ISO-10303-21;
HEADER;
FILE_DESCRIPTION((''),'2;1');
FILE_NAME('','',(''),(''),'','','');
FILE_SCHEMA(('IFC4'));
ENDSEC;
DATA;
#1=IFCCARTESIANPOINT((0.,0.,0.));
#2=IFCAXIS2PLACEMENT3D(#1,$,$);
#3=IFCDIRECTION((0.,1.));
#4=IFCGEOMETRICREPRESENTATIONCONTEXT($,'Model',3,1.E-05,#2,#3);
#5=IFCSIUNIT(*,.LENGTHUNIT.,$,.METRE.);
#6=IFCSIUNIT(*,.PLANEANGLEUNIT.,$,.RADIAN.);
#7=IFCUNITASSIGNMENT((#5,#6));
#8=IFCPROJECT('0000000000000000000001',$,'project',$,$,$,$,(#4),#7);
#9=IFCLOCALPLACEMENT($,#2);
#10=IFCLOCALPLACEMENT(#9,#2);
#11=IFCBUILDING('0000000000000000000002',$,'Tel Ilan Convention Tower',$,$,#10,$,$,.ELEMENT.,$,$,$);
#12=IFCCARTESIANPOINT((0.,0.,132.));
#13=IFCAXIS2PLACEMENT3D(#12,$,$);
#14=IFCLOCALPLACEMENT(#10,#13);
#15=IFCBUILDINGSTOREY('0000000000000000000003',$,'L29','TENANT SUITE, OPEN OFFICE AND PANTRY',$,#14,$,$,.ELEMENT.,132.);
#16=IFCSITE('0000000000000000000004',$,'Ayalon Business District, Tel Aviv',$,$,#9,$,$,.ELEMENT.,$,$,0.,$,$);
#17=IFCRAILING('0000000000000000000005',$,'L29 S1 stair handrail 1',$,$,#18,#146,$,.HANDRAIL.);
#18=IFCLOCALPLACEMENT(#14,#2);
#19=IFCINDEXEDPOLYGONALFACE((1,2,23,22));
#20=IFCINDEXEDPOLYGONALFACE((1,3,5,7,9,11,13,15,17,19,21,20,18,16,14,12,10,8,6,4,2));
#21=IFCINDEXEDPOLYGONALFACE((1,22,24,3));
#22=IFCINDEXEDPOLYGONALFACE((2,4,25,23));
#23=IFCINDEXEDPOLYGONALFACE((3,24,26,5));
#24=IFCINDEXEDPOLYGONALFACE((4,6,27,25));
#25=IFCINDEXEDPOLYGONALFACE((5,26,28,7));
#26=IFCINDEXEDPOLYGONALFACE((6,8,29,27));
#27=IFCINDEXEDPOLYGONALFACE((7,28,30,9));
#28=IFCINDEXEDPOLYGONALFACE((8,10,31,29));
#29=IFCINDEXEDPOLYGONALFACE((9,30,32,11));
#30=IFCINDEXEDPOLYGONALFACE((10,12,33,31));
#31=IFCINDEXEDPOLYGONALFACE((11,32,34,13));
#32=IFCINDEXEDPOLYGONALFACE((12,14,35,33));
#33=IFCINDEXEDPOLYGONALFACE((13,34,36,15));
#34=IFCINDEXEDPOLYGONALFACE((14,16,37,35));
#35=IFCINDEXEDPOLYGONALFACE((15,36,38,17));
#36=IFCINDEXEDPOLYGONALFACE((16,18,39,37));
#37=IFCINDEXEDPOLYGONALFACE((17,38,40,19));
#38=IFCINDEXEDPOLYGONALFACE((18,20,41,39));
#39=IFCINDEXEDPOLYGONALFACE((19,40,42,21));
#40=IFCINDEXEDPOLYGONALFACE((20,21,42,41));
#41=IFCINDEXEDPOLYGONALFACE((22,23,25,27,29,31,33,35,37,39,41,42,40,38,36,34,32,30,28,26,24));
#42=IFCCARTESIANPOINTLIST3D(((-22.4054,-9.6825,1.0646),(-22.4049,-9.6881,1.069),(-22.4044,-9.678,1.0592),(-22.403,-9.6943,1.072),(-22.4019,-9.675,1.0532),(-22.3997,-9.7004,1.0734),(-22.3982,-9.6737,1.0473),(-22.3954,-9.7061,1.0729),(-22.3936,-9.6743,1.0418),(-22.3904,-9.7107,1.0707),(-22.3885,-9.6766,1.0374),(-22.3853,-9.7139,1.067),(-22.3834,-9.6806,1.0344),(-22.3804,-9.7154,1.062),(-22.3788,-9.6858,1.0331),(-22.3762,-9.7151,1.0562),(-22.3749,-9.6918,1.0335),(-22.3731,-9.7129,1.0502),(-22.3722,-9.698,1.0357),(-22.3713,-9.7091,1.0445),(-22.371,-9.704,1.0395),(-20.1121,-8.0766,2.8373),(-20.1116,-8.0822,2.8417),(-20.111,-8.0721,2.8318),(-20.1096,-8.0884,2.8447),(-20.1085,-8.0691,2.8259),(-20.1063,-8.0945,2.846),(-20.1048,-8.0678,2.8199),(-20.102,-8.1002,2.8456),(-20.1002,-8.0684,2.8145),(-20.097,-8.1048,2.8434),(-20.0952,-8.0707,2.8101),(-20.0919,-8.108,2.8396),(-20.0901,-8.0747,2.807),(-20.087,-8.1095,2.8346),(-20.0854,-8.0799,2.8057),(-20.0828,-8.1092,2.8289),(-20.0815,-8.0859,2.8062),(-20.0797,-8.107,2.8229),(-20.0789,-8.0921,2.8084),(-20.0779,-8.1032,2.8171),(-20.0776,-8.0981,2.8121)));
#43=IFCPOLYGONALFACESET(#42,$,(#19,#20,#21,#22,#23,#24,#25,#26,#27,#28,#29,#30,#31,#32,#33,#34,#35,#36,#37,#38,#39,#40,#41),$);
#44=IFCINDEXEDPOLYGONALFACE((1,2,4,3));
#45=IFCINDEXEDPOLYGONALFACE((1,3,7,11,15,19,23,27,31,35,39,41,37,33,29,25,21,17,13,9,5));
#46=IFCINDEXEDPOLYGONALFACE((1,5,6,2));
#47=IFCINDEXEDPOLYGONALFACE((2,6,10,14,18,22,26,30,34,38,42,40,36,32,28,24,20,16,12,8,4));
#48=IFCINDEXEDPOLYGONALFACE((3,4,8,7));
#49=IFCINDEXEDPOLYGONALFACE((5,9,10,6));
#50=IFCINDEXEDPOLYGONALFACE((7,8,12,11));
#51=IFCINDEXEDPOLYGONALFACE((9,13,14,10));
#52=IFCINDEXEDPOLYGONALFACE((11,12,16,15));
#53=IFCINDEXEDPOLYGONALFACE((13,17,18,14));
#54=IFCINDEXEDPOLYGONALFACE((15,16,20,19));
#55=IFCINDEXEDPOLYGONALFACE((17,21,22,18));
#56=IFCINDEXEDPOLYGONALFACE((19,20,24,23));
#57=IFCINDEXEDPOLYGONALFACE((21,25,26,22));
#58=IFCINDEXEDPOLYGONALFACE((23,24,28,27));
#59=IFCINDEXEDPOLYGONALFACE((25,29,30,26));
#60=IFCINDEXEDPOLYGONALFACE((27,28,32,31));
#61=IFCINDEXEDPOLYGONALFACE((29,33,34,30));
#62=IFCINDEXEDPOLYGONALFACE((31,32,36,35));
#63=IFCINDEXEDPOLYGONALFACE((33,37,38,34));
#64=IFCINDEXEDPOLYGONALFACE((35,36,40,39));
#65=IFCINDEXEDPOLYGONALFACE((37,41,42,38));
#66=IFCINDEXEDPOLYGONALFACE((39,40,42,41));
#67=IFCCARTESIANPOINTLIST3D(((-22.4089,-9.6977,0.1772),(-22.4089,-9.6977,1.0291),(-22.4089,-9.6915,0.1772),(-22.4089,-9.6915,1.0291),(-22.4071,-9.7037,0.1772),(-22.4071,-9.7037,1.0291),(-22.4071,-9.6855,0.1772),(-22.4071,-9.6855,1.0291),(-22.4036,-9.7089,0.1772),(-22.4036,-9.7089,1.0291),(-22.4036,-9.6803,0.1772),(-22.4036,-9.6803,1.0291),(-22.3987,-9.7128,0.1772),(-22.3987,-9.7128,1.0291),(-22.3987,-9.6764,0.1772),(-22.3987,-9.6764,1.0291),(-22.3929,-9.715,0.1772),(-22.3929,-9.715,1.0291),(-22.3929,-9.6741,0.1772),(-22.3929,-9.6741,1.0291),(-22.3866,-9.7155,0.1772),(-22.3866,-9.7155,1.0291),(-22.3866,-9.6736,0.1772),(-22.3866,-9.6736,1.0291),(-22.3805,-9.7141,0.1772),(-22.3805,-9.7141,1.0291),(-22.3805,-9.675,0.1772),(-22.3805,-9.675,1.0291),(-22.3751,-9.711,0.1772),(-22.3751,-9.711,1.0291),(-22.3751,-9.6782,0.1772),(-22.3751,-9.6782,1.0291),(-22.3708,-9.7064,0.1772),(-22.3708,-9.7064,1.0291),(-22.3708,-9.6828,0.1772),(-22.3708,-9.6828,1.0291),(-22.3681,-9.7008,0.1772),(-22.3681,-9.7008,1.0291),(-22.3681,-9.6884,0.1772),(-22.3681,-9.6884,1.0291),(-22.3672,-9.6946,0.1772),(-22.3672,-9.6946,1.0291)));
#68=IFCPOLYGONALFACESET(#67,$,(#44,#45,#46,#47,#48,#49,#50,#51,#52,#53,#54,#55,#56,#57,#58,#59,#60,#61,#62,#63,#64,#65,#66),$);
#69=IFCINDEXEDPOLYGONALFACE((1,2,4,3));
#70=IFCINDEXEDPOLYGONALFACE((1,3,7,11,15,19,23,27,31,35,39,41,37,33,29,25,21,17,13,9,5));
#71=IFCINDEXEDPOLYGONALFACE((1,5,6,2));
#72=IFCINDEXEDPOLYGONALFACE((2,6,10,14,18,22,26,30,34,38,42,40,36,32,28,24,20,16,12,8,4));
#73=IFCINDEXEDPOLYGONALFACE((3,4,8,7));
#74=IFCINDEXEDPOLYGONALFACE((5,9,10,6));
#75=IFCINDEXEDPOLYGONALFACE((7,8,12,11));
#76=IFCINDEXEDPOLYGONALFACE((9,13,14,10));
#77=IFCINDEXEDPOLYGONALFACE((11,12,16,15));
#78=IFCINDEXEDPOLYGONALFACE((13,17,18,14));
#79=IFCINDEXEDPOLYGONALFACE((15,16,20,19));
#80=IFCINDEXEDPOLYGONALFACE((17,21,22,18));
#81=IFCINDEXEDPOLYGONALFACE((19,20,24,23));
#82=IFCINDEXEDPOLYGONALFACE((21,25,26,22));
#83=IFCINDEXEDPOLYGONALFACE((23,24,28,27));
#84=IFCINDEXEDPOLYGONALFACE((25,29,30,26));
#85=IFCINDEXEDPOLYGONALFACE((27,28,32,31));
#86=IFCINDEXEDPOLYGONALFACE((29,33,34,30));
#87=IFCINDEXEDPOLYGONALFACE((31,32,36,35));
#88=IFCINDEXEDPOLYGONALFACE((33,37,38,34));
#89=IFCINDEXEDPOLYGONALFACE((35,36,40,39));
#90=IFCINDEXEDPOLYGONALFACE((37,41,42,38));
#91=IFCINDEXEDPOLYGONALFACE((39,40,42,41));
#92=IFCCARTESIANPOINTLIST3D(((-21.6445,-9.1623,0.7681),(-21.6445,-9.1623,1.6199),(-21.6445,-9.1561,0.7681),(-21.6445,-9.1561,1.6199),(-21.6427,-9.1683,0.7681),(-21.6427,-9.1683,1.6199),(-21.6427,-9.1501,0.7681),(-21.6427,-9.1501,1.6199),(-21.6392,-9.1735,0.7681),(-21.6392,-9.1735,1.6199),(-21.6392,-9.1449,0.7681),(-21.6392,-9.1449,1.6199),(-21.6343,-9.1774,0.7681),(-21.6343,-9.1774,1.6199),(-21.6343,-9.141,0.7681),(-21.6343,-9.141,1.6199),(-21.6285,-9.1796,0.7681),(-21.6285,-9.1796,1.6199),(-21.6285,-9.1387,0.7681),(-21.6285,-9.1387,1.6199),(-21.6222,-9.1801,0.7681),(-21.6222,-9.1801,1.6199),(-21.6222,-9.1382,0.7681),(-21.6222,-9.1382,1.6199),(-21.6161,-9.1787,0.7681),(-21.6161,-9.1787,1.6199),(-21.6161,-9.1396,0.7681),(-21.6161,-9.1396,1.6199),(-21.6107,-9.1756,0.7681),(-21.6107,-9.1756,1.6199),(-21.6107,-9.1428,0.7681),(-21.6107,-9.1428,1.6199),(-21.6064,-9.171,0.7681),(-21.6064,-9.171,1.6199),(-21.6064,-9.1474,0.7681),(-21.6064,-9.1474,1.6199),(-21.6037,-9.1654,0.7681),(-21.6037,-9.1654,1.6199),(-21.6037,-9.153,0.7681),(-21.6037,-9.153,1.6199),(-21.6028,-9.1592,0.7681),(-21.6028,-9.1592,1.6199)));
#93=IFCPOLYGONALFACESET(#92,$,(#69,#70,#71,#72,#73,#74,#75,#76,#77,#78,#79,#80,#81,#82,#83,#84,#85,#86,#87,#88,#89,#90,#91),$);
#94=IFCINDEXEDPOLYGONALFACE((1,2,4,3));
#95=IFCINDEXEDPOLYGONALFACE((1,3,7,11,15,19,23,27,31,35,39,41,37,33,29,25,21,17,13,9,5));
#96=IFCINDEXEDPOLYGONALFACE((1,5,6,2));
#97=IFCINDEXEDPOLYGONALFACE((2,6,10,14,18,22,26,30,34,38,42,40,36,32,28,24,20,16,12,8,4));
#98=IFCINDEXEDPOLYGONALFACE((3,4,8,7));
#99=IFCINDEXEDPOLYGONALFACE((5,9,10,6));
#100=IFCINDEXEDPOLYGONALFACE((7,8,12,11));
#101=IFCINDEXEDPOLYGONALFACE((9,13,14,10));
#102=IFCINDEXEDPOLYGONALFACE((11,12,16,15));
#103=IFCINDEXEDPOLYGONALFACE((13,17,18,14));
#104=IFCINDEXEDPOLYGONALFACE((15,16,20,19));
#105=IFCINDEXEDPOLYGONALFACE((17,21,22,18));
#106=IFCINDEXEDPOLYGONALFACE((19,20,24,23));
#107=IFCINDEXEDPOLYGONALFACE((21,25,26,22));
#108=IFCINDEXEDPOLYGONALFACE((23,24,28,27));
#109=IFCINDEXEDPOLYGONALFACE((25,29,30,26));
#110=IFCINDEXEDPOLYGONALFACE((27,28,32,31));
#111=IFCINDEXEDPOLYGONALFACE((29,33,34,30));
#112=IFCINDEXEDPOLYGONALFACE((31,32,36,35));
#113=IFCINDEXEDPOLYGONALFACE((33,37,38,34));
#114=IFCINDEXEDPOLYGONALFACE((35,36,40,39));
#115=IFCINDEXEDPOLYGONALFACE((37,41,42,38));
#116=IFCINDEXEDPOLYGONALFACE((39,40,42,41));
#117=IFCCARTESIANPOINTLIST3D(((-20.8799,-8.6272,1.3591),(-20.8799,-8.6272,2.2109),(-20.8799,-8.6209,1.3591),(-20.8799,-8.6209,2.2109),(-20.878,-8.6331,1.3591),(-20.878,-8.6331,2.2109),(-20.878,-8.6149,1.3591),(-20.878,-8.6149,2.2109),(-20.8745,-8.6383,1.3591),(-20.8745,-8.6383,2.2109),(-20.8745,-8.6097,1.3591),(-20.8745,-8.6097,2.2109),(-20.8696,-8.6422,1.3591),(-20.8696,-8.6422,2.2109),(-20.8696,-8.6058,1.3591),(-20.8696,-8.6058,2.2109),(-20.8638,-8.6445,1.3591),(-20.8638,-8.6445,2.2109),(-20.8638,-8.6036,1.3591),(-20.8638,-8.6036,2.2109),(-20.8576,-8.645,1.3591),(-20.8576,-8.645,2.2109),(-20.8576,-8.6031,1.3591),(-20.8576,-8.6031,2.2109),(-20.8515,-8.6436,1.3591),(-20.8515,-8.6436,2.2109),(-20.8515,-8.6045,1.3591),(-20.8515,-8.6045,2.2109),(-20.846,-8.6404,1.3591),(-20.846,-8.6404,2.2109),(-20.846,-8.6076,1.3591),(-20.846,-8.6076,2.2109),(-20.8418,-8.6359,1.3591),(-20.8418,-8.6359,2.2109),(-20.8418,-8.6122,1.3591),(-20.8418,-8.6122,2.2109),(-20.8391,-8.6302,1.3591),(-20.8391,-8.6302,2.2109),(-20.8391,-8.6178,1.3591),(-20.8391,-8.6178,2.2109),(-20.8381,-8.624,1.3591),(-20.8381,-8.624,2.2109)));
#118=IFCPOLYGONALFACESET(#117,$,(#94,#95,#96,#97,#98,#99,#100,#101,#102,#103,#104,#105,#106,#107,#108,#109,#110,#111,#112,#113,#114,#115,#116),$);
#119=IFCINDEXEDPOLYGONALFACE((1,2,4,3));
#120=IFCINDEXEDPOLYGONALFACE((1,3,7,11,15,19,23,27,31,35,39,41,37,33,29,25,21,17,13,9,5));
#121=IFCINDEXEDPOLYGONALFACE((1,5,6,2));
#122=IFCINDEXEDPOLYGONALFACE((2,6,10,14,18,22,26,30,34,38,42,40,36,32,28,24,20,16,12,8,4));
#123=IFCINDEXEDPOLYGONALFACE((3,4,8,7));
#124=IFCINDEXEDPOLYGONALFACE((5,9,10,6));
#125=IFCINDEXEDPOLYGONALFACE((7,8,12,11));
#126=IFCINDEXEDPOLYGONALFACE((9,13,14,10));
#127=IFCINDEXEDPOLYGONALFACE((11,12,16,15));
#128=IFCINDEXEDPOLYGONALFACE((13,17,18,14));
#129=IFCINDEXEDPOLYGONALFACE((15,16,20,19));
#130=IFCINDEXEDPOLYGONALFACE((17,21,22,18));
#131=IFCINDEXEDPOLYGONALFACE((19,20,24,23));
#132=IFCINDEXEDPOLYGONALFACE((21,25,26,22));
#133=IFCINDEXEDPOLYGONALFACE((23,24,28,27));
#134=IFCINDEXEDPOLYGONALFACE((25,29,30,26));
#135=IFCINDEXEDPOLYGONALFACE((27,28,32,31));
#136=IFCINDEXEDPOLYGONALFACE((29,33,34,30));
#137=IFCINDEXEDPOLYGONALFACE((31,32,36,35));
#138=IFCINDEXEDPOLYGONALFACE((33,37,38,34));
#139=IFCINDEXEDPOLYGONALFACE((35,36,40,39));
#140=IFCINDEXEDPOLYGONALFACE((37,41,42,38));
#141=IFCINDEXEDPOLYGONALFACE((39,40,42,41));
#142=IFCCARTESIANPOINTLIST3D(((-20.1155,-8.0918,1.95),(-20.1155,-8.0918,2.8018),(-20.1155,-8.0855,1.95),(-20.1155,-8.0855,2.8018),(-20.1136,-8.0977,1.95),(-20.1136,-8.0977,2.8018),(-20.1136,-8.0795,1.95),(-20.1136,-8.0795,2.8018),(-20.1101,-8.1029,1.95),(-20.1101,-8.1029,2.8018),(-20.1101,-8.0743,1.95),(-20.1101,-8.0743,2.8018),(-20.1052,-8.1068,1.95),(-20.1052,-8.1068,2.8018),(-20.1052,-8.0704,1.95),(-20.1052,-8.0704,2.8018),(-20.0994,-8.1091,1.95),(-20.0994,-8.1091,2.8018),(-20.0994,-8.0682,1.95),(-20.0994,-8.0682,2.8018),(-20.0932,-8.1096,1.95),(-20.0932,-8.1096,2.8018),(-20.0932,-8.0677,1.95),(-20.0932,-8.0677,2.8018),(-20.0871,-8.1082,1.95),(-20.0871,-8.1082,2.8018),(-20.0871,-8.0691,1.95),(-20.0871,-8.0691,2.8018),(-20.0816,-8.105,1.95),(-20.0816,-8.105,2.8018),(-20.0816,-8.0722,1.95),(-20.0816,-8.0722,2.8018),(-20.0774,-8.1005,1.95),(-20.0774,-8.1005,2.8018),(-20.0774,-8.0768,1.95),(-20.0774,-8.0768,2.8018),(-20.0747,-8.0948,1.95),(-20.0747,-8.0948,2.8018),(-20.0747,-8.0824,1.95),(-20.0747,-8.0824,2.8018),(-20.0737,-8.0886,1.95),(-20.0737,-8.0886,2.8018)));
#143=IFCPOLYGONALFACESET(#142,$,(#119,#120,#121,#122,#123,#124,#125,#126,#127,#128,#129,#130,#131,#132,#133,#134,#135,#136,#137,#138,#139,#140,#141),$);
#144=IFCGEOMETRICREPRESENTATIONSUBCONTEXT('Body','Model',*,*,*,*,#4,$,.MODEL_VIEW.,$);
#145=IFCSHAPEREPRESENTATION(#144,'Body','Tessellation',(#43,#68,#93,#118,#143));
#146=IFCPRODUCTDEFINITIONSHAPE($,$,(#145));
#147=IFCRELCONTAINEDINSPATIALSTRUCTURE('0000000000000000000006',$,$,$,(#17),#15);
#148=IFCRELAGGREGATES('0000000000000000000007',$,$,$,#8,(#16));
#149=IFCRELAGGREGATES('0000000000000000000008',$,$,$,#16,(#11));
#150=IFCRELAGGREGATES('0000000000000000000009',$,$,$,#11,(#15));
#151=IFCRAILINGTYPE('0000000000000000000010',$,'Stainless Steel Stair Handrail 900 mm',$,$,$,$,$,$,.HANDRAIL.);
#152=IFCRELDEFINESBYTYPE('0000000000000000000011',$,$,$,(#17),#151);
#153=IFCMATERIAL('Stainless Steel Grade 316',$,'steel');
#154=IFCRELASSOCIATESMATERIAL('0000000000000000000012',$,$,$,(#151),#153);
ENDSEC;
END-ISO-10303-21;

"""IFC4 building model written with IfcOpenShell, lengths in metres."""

from ifc_helpers import new_model, si_unit, direction, frame, origin, origin_2d, place, context, subcontext, project, spatial, circle, extrude, material, type_object, element, save


model = new_model("IFC4")

# Units and contexts
model_context = context("Model", 3, precision=1e-05, world=origin(), true_north=direction((0.0, 1.0)))
body_context = subcontext(model_context, "Body", "Model", "MODEL_VIEW")
ifc_project = project(units=[si_unit("LENGTHUNIT", "METRE"), si_unit("PLANEANGLEUNIT", "RADIAN")], contexts=[model_context])

# Site, building, storey
site_placement = place(None, origin())
site = spatial("IfcSite", under=ifc_project, at=site_placement, Name="Ayalon Business District, Tel Aviv", CompositionType="ELEMENT", RefElevation=0.0)
building_placement = place(site_placement, origin())
building = spatial("IfcBuilding", under=site, at=building_placement, Name="Tel Ilan Convention Tower", CompositionType="ELEMENT")
storey_placement = place(building_placement, frame((0.0, 0.0, 132.0)))
storey = spatial("IfcBuildingStorey", under=building, at=storey_placement, Name="L29", Description="TENANT SUITE, OPEN OFFICE AND PANTRY", CompositionType="ELEMENT", Elevation=132.0)

# Railing
ifc_material_1 = material(Name="Stainless Steel Grade 316", Category="steel")
railing_type_1 = type_object("IfcRailingType", Name="Stainless Steel Stair Handrail 900 mm", PredefinedType="HANDRAIL", material=ifc_material_1)
railing_1_placement = place(storey_placement, frame((-22.3882, -9.6946, 0.1772)))
element("IfcRailing", 1, at=railing_1_placement, inside=storey, type_object=railing_type_1, Name="L29 S1 stair handrail 1", PredefinedType="HANDRAIL", context=body_context, shape_type="SweptSolid", body=[
    extrude(circle(Radius=0.0239, at=origin_2d()), frame((0.0, 0.0, 0.876), z_axis=(0.692085, 0.484621, 0.53494), x_axis=(-0.573591, 0.819142, 0.0)), (0.0, 0.0, 1.0), 3.3137),
    extrude(circle(Radius=0.021, at=origin_2d()), origin(), (0.0, 0.0, 1.0), 0.8518),
    extrude(circle(Radius=0.021, at=origin_2d()), frame((0.7644, 0.5354, 0.5908)), (0.0, 0.0, 1.0), 0.8518),
    extrude(circle(Radius=0.021, at=origin_2d()), frame((1.5291, 1.0706, 1.1819)), (0.0, 0.0, 1.0), 0.8518),
    extrude(circle(Radius=0.021, at=origin_2d()), frame((2.2935, 1.606, 1.7727)), (0.0, 0.0, 1.0), 0.8518),
])

save(model, "model.ifc")
